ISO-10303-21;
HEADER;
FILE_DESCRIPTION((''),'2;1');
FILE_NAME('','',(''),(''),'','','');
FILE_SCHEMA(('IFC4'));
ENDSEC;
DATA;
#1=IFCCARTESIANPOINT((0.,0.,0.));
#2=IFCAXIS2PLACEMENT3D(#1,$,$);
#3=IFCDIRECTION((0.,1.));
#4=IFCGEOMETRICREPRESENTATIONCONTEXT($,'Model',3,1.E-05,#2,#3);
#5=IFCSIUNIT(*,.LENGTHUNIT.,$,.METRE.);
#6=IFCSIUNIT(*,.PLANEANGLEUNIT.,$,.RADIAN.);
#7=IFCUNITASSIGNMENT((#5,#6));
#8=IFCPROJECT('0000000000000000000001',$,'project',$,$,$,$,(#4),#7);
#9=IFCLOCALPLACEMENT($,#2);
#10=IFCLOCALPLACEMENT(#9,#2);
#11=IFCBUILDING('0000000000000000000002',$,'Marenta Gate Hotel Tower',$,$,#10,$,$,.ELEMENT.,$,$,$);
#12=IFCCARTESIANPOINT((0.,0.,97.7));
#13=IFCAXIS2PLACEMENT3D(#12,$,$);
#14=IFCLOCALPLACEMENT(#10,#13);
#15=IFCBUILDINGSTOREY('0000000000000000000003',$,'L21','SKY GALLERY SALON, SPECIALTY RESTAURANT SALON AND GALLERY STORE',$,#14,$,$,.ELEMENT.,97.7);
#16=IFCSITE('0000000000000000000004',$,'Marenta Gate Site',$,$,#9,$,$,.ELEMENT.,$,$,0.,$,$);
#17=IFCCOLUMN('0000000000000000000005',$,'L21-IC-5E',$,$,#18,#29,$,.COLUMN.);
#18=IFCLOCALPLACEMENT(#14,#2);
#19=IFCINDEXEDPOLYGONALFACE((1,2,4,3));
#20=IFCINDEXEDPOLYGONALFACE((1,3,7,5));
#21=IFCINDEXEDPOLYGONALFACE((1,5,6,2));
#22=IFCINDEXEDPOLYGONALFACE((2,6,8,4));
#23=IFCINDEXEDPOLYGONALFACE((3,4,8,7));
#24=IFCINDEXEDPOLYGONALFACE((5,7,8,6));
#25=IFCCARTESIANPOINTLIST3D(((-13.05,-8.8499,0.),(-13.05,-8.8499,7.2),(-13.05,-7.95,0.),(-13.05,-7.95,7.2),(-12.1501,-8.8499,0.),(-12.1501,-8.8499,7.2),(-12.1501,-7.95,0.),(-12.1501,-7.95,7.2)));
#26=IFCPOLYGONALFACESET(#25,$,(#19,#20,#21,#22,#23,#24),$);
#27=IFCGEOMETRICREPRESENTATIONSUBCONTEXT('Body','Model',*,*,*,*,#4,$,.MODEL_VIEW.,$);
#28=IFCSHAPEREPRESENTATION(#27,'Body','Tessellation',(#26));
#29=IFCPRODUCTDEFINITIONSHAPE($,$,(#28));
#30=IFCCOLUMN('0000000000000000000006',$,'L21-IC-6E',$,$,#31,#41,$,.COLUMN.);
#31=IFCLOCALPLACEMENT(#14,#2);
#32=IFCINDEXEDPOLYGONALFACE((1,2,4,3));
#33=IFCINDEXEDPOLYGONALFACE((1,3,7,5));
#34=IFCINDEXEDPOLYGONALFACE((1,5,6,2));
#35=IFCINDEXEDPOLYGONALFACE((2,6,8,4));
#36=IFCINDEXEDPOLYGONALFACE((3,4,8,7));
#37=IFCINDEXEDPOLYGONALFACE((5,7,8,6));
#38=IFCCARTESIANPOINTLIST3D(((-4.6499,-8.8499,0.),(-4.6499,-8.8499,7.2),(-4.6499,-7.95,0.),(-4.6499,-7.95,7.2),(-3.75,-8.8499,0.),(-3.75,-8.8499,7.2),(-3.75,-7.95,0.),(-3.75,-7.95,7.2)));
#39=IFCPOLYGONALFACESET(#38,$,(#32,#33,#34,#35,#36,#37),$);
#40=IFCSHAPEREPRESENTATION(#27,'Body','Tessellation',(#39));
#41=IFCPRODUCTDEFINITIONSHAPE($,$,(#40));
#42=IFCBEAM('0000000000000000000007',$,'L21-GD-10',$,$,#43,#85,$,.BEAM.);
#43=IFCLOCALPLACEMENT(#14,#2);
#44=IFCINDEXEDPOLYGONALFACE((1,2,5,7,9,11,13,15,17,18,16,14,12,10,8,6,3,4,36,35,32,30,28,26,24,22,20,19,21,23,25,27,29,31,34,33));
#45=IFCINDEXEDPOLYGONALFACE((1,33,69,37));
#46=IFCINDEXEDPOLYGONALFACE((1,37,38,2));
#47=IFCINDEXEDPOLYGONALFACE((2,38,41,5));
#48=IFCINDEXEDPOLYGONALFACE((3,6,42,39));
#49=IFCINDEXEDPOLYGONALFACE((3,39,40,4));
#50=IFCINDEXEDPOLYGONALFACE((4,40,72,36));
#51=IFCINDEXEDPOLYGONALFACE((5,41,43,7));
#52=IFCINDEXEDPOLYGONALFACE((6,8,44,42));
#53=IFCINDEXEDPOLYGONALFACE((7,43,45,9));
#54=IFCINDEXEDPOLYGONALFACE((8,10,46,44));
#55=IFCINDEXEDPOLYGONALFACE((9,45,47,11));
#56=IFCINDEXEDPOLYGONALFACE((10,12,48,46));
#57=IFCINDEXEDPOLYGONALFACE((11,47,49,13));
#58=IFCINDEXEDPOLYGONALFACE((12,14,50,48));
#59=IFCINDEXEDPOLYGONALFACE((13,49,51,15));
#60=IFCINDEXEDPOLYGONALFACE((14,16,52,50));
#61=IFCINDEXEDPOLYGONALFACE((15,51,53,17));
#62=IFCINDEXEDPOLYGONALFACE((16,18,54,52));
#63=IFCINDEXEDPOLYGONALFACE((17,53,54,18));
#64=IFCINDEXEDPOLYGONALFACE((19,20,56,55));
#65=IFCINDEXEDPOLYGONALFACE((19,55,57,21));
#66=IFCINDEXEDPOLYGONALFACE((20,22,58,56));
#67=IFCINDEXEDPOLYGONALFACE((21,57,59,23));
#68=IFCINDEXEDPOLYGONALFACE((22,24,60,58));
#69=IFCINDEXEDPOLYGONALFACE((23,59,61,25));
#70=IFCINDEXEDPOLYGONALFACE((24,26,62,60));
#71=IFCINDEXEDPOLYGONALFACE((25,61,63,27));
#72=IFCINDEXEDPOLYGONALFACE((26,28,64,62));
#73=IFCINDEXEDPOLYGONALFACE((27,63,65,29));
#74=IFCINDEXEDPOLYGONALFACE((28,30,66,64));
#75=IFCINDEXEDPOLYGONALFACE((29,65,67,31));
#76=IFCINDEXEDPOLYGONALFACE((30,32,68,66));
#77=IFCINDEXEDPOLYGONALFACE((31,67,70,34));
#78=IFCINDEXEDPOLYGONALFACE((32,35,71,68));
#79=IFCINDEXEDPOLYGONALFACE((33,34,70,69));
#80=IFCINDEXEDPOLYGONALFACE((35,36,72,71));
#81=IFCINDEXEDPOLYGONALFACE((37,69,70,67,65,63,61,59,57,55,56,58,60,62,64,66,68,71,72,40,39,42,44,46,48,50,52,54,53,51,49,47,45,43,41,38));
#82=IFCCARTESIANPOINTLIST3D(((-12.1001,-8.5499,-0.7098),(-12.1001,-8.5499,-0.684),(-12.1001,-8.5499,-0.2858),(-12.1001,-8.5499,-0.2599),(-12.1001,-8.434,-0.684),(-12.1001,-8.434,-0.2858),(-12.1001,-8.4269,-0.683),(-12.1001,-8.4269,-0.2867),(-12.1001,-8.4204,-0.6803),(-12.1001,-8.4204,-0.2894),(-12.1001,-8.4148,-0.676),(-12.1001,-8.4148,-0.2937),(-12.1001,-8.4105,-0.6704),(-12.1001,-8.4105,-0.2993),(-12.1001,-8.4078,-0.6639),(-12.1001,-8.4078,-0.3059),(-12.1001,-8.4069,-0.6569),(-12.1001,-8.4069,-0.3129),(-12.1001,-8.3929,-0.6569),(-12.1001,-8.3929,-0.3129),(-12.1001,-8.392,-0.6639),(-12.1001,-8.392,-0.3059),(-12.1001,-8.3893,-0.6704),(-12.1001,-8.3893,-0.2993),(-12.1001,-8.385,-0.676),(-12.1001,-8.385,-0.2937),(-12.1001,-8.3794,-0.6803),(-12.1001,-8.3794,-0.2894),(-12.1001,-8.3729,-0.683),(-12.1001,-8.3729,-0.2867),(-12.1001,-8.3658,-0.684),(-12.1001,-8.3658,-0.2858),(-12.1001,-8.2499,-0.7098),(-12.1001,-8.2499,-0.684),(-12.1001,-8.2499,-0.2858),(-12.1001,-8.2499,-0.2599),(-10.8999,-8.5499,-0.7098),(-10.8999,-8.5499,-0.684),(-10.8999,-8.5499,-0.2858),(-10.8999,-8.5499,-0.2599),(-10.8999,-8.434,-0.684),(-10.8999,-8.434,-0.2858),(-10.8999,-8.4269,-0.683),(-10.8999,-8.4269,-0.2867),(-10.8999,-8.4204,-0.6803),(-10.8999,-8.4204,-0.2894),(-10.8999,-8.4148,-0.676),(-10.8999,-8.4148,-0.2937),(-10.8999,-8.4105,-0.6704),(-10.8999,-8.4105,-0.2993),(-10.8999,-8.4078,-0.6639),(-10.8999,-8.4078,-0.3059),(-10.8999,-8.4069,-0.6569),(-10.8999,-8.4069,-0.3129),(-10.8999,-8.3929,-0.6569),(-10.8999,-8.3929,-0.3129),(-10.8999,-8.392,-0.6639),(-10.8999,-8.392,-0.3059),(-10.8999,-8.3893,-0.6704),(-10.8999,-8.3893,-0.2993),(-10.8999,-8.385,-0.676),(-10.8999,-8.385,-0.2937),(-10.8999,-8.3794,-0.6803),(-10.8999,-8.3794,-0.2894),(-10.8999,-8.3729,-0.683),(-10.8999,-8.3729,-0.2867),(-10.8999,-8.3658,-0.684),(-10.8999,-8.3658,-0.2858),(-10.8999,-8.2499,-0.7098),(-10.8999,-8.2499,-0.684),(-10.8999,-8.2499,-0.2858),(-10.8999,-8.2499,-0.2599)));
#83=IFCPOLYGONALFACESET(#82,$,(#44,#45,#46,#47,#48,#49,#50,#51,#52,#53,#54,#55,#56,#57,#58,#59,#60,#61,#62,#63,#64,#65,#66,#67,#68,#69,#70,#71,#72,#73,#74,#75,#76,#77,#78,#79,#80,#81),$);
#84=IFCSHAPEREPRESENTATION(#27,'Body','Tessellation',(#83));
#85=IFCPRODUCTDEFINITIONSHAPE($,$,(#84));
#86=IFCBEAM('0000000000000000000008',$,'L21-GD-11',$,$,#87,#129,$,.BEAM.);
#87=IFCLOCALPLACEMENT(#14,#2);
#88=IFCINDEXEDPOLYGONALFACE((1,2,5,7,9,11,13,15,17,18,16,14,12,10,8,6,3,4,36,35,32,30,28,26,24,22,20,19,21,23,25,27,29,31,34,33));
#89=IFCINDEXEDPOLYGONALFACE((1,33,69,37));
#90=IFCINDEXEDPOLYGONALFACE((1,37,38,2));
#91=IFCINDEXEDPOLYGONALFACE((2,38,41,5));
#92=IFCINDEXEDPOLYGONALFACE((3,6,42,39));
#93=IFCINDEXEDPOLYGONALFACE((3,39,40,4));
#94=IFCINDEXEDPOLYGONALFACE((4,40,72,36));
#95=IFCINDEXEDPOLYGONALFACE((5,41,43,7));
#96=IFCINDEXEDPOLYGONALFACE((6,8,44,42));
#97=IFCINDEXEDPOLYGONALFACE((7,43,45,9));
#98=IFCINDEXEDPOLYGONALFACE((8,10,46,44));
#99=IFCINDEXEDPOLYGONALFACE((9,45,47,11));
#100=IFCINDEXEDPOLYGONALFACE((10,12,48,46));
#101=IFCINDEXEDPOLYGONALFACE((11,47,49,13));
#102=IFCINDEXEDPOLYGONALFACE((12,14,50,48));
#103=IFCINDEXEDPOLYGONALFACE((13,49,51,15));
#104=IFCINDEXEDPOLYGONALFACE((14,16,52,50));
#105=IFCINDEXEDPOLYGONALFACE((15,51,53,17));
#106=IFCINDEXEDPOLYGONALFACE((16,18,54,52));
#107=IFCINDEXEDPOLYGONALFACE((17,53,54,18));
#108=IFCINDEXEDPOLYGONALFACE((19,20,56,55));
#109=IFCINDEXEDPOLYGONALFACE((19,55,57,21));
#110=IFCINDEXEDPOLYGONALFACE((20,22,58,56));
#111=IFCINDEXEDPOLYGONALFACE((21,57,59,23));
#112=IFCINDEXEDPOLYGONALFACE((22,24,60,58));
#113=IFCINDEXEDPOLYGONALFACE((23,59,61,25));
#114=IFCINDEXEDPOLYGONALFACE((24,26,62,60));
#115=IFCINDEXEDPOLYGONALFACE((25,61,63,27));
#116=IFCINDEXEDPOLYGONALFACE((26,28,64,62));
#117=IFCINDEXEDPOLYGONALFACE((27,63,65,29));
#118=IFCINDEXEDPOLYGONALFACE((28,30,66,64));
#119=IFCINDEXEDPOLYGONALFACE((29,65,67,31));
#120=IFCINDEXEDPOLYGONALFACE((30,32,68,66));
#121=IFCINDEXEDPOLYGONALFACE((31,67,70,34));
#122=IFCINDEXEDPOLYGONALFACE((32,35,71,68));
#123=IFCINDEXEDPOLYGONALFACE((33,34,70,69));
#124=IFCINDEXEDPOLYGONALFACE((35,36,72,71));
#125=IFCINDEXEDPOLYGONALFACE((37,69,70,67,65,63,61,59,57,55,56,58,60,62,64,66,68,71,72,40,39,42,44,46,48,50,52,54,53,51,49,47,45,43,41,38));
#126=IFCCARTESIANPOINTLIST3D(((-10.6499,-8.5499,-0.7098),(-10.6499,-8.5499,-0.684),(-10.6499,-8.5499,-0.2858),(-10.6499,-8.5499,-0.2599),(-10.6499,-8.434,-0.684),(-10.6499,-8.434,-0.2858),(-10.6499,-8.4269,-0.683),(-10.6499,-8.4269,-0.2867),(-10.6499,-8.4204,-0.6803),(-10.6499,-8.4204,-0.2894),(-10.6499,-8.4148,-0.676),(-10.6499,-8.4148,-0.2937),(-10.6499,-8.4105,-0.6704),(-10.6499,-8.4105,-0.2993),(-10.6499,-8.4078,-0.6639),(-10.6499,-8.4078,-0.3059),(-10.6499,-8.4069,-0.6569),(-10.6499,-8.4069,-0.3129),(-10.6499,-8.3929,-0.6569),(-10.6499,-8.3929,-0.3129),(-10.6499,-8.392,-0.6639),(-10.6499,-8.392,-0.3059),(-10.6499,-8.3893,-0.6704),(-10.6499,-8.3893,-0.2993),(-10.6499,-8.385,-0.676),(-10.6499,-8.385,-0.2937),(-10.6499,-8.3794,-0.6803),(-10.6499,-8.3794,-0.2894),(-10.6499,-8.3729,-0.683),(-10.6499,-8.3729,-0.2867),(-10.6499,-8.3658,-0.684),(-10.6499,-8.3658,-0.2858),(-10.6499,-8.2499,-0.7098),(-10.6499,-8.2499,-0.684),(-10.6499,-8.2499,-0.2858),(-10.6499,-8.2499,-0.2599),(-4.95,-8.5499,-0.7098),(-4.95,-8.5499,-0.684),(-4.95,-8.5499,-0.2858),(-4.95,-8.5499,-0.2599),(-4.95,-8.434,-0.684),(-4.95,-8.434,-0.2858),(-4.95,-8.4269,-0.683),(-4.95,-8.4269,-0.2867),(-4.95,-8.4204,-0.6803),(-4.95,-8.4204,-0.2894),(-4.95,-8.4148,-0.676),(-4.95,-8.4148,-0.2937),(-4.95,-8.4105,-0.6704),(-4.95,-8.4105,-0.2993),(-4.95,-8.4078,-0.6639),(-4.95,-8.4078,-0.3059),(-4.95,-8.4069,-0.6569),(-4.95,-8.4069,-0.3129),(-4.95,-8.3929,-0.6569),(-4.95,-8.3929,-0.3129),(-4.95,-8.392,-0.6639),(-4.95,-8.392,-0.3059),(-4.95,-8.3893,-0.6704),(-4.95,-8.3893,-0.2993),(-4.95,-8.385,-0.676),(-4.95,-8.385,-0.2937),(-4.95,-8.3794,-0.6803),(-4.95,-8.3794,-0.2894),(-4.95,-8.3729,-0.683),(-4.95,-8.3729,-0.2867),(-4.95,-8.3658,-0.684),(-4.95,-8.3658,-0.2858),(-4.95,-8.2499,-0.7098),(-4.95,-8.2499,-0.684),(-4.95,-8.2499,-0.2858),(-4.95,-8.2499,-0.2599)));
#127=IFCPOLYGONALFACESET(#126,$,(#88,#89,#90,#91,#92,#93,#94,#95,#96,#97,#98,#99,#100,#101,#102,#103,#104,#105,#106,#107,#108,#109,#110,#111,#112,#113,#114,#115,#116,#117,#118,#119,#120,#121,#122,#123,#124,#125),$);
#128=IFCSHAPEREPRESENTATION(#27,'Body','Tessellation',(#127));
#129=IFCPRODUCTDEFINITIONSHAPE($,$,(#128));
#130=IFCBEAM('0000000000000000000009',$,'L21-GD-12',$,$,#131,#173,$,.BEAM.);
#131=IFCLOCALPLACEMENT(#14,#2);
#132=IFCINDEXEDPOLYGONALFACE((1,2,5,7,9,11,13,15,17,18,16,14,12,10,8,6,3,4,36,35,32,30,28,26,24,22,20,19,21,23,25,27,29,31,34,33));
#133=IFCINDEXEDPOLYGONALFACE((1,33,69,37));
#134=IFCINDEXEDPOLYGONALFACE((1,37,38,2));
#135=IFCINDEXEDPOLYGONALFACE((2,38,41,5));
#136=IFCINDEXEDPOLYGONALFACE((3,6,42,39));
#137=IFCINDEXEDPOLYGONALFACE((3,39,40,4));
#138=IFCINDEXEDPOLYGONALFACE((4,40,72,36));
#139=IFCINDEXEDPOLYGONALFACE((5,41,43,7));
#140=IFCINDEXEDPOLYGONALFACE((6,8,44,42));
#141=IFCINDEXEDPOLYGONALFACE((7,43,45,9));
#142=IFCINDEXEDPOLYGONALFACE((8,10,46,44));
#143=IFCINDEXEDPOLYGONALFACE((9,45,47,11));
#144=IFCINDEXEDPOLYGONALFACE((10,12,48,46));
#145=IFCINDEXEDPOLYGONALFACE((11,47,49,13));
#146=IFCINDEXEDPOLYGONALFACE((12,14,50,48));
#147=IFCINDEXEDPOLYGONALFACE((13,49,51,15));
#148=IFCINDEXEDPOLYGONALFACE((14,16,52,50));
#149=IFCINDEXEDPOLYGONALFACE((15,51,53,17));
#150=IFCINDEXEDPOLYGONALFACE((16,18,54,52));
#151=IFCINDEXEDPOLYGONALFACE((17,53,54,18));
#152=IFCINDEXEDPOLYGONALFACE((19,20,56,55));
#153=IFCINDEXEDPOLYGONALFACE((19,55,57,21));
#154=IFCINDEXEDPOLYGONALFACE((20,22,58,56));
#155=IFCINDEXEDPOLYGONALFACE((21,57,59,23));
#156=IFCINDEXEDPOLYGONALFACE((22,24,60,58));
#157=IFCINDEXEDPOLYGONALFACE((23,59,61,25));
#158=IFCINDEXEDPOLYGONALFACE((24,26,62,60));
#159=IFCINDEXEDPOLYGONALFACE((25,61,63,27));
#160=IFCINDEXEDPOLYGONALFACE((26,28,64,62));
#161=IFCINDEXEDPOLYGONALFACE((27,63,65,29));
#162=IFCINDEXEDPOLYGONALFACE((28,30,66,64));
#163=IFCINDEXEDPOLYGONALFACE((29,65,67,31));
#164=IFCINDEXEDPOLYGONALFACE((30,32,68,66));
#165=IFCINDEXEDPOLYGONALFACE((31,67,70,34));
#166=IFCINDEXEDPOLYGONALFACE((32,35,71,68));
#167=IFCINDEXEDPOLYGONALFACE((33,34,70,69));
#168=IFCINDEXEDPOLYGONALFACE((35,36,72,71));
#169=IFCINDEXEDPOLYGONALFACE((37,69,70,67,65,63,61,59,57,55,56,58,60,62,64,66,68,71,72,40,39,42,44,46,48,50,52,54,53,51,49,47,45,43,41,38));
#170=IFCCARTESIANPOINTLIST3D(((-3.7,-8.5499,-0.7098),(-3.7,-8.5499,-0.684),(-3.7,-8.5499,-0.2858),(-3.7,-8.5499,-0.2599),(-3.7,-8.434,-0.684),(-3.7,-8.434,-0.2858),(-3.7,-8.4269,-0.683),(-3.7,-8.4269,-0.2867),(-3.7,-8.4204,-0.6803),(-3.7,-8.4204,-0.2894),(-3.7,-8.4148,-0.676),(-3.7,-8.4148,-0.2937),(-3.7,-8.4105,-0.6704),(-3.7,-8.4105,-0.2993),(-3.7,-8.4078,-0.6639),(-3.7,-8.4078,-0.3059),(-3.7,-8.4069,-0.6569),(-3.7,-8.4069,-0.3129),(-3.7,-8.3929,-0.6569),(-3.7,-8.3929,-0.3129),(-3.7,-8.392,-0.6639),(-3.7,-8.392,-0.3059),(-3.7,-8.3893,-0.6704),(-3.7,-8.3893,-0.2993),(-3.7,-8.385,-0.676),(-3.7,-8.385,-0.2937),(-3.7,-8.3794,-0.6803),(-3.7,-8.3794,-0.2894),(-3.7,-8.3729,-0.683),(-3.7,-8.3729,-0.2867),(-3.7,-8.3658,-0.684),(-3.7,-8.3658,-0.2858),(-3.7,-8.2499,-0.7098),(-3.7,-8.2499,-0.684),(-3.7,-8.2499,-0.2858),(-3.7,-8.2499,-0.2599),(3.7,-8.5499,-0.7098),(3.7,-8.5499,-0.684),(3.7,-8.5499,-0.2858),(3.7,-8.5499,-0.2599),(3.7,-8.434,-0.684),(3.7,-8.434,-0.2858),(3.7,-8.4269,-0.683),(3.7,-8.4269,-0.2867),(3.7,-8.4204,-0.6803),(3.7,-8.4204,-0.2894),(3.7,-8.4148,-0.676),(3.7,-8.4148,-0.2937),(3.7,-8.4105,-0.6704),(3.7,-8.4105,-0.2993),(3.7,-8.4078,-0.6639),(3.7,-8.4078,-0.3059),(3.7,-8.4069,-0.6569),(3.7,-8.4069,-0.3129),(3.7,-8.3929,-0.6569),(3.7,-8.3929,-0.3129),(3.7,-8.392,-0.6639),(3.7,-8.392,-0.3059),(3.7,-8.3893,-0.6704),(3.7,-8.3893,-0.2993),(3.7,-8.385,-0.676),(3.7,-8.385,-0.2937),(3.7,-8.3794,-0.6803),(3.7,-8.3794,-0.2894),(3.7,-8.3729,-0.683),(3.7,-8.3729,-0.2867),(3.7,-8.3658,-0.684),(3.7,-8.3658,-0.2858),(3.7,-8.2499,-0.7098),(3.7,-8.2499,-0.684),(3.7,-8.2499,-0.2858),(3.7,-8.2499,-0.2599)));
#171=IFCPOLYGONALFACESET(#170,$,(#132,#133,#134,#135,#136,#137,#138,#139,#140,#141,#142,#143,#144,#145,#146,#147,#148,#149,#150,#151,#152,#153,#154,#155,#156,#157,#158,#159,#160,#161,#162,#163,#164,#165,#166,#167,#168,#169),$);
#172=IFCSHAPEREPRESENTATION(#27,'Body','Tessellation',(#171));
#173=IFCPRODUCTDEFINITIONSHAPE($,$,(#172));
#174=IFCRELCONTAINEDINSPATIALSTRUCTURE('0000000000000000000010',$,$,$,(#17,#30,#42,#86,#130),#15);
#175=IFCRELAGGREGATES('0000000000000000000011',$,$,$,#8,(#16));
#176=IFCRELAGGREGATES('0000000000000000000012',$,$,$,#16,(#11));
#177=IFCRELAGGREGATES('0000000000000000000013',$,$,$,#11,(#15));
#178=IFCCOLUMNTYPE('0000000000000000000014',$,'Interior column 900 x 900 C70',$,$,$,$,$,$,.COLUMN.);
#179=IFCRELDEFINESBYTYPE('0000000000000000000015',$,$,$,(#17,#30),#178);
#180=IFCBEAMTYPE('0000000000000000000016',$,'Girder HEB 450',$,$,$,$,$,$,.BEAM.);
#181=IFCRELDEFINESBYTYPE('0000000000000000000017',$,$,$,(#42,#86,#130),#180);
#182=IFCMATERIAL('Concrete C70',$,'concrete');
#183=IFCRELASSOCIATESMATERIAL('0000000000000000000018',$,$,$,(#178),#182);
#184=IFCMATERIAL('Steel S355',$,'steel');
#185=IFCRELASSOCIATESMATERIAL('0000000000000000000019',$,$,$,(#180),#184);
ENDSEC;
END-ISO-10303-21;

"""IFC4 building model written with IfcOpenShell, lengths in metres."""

from ifc_helpers import new_model, si_unit, direction, frame, origin, origin_2d, place, context, subcontext, project, spatial, rectangle, i_section, extrude, material, material_profile, profile_set, type_object, element, save


model = new_model("IFC4")

# Units and contexts
model_context = context("Model", 3, precision=1e-05, world=origin(), true_north=direction((0.0, 1.0)))
body_context = subcontext(model_context, "Body", "Model", "MODEL_VIEW")
ifc_project = project(units=[si_unit("LENGTHUNIT", "METRE"), si_unit("PLANEANGLEUNIT", "RADIAN")], contexts=[model_context])

# Site, building, storey
site_placement = place(None, origin())
site = spatial("IfcSite", under=ifc_project, at=site_placement, Name="Marenta Gate Site", CompositionType="ELEMENT", RefElevation=0.0)
building_placement = place(site_placement, origin())
building = spatial("IfcBuilding", under=site, at=building_placement, Name="Marenta Gate Hotel Tower", CompositionType="ELEMENT")
storey_placement = place(building_placement, frame((0.0, 0.0, 97.7)))
storey = spatial("IfcBuildingStorey", under=building, at=storey_placement, Name="L21", Description="SKY GALLERY SALON, SPECIALTY RESTAURANT SALON AND GALLERY STORE", CompositionType="ELEMENT", Elevation=97.7)

# Columns
ifc_material_1 = material(Name="Concrete C70", Category="concrete")
ifc_material_profile_1 = material_profile(ifc_material_1, rectangle(XDim=0.8999, YDim=0.8999, at=origin_2d()), Name="900 x 900")
ifc_profile_set_1 = profile_set([ifc_material_profile_1], Name="Concrete C70")
column_type = type_object("IfcColumnType", Name="Interior column 900 x 900 C70", PredefinedType="COLUMN", material=ifc_profile_set_1)
for number, where, z_axis, x_axis, name in (
    (1, (-12.6001, -8.3999, 0.0), (0.0, 0.0, 1.0), (1.0, 0.0, 0.0), "L21-IC-5E"),
    (2, (-4.2, -8.3999, 0.0), (0.0, 0.0, 1.0), (1.0, 0.0, 0.0), "L21-IC-6E"),
):
    element("IfcColumn", number, at=place(storey_placement, frame(where, z_axis=z_axis, x_axis=x_axis)), inside=storey, type_object=column_type, Name=name, PredefinedType="COLUMN", context=body_context, shape_type="SweptSolid", body=[
        extrude(rectangle(XDim=0.8999, YDim=0.8999, at=origin_2d()), origin(), (0.0, 0.0, 1.0), 7.2),
    ])

# Beams
ifc_material_2 = material(Name="Steel S355", Category="steel")
ifc_material_profile_2 = material_profile(ifc_material_2, i_section(OverallWidth=0.3, OverallDepth=0.45, WebThickness=0.0139, FlangeThickness=0.0259, FilletRadius=0.0271, at=origin_2d()), Name="HEB 450")
ifc_profile_set_2 = profile_set([ifc_material_profile_2], Name="Steel S355")
beam_type_1 = type_object("IfcBeamType", Name="Girder HEB 450", PredefinedType="BEAM", material=ifc_profile_set_2)
beam_1_placement = place(storey_placement, frame((-12.1001, -8.3999, -0.4849), z_axis=(1.0, 0.0, 0.0), x_axis=(0.0, 1.0, 0.0)))
element("IfcBeam", 3, at=beam_1_placement, inside=storey, type_object=beam_type_1, Name="L21-GD-10", PredefinedType="BEAM", context=body_context, shape_type="SweptSolid", body=[
    extrude(i_section(OverallWidth=0.3, OverallDepth=0.45, WebThickness=0.0139, FlangeThickness=0.0259, FilletRadius=0.0271, at=origin_2d()), origin(), (0.0, 0.0, 1.0), 1.2002),
])
beam_2_placement = place(storey_placement, frame((-10.6499, -8.3999, -0.4849), z_axis=(1.0, 0.0, 0.0), x_axis=(0.0, 1.0, 0.0)))
element("IfcBeam", 4, at=beam_2_placement, inside=storey, type_object=beam_type_1, Name="L21-GD-11", PredefinedType="BEAM", context=body_context, shape_type="SweptSolid", body=[
    extrude(i_section(OverallWidth=0.3, OverallDepth=0.45, WebThickness=0.0139, FlangeThickness=0.0259, FilletRadius=0.0271, at=origin_2d()), origin(), (0.0, 0.0, 1.0), 5.7),
])
beam_3_placement = place(storey_placement, frame((-3.7, -8.3999, -0.4849), z_axis=(1.0, 0.0, 0.0), x_axis=(0.0, 1.0, 0.0)))
element("IfcBeam", 5, at=beam_3_placement, inside=storey, type_object=beam_type_1, Name="L21-GD-12", PredefinedType="BEAM", context=body_context, shape_type="SweptSolid", body=[
    extrude(i_section(OverallWidth=0.3, OverallDepth=0.45, WebThickness=0.0139, FlangeThickness=0.0259, FilletRadius=0.0271, at=origin_2d()), origin(), (0.0, 0.0, 1.0), 7.3999),
])

save(model, "model.ifc")
